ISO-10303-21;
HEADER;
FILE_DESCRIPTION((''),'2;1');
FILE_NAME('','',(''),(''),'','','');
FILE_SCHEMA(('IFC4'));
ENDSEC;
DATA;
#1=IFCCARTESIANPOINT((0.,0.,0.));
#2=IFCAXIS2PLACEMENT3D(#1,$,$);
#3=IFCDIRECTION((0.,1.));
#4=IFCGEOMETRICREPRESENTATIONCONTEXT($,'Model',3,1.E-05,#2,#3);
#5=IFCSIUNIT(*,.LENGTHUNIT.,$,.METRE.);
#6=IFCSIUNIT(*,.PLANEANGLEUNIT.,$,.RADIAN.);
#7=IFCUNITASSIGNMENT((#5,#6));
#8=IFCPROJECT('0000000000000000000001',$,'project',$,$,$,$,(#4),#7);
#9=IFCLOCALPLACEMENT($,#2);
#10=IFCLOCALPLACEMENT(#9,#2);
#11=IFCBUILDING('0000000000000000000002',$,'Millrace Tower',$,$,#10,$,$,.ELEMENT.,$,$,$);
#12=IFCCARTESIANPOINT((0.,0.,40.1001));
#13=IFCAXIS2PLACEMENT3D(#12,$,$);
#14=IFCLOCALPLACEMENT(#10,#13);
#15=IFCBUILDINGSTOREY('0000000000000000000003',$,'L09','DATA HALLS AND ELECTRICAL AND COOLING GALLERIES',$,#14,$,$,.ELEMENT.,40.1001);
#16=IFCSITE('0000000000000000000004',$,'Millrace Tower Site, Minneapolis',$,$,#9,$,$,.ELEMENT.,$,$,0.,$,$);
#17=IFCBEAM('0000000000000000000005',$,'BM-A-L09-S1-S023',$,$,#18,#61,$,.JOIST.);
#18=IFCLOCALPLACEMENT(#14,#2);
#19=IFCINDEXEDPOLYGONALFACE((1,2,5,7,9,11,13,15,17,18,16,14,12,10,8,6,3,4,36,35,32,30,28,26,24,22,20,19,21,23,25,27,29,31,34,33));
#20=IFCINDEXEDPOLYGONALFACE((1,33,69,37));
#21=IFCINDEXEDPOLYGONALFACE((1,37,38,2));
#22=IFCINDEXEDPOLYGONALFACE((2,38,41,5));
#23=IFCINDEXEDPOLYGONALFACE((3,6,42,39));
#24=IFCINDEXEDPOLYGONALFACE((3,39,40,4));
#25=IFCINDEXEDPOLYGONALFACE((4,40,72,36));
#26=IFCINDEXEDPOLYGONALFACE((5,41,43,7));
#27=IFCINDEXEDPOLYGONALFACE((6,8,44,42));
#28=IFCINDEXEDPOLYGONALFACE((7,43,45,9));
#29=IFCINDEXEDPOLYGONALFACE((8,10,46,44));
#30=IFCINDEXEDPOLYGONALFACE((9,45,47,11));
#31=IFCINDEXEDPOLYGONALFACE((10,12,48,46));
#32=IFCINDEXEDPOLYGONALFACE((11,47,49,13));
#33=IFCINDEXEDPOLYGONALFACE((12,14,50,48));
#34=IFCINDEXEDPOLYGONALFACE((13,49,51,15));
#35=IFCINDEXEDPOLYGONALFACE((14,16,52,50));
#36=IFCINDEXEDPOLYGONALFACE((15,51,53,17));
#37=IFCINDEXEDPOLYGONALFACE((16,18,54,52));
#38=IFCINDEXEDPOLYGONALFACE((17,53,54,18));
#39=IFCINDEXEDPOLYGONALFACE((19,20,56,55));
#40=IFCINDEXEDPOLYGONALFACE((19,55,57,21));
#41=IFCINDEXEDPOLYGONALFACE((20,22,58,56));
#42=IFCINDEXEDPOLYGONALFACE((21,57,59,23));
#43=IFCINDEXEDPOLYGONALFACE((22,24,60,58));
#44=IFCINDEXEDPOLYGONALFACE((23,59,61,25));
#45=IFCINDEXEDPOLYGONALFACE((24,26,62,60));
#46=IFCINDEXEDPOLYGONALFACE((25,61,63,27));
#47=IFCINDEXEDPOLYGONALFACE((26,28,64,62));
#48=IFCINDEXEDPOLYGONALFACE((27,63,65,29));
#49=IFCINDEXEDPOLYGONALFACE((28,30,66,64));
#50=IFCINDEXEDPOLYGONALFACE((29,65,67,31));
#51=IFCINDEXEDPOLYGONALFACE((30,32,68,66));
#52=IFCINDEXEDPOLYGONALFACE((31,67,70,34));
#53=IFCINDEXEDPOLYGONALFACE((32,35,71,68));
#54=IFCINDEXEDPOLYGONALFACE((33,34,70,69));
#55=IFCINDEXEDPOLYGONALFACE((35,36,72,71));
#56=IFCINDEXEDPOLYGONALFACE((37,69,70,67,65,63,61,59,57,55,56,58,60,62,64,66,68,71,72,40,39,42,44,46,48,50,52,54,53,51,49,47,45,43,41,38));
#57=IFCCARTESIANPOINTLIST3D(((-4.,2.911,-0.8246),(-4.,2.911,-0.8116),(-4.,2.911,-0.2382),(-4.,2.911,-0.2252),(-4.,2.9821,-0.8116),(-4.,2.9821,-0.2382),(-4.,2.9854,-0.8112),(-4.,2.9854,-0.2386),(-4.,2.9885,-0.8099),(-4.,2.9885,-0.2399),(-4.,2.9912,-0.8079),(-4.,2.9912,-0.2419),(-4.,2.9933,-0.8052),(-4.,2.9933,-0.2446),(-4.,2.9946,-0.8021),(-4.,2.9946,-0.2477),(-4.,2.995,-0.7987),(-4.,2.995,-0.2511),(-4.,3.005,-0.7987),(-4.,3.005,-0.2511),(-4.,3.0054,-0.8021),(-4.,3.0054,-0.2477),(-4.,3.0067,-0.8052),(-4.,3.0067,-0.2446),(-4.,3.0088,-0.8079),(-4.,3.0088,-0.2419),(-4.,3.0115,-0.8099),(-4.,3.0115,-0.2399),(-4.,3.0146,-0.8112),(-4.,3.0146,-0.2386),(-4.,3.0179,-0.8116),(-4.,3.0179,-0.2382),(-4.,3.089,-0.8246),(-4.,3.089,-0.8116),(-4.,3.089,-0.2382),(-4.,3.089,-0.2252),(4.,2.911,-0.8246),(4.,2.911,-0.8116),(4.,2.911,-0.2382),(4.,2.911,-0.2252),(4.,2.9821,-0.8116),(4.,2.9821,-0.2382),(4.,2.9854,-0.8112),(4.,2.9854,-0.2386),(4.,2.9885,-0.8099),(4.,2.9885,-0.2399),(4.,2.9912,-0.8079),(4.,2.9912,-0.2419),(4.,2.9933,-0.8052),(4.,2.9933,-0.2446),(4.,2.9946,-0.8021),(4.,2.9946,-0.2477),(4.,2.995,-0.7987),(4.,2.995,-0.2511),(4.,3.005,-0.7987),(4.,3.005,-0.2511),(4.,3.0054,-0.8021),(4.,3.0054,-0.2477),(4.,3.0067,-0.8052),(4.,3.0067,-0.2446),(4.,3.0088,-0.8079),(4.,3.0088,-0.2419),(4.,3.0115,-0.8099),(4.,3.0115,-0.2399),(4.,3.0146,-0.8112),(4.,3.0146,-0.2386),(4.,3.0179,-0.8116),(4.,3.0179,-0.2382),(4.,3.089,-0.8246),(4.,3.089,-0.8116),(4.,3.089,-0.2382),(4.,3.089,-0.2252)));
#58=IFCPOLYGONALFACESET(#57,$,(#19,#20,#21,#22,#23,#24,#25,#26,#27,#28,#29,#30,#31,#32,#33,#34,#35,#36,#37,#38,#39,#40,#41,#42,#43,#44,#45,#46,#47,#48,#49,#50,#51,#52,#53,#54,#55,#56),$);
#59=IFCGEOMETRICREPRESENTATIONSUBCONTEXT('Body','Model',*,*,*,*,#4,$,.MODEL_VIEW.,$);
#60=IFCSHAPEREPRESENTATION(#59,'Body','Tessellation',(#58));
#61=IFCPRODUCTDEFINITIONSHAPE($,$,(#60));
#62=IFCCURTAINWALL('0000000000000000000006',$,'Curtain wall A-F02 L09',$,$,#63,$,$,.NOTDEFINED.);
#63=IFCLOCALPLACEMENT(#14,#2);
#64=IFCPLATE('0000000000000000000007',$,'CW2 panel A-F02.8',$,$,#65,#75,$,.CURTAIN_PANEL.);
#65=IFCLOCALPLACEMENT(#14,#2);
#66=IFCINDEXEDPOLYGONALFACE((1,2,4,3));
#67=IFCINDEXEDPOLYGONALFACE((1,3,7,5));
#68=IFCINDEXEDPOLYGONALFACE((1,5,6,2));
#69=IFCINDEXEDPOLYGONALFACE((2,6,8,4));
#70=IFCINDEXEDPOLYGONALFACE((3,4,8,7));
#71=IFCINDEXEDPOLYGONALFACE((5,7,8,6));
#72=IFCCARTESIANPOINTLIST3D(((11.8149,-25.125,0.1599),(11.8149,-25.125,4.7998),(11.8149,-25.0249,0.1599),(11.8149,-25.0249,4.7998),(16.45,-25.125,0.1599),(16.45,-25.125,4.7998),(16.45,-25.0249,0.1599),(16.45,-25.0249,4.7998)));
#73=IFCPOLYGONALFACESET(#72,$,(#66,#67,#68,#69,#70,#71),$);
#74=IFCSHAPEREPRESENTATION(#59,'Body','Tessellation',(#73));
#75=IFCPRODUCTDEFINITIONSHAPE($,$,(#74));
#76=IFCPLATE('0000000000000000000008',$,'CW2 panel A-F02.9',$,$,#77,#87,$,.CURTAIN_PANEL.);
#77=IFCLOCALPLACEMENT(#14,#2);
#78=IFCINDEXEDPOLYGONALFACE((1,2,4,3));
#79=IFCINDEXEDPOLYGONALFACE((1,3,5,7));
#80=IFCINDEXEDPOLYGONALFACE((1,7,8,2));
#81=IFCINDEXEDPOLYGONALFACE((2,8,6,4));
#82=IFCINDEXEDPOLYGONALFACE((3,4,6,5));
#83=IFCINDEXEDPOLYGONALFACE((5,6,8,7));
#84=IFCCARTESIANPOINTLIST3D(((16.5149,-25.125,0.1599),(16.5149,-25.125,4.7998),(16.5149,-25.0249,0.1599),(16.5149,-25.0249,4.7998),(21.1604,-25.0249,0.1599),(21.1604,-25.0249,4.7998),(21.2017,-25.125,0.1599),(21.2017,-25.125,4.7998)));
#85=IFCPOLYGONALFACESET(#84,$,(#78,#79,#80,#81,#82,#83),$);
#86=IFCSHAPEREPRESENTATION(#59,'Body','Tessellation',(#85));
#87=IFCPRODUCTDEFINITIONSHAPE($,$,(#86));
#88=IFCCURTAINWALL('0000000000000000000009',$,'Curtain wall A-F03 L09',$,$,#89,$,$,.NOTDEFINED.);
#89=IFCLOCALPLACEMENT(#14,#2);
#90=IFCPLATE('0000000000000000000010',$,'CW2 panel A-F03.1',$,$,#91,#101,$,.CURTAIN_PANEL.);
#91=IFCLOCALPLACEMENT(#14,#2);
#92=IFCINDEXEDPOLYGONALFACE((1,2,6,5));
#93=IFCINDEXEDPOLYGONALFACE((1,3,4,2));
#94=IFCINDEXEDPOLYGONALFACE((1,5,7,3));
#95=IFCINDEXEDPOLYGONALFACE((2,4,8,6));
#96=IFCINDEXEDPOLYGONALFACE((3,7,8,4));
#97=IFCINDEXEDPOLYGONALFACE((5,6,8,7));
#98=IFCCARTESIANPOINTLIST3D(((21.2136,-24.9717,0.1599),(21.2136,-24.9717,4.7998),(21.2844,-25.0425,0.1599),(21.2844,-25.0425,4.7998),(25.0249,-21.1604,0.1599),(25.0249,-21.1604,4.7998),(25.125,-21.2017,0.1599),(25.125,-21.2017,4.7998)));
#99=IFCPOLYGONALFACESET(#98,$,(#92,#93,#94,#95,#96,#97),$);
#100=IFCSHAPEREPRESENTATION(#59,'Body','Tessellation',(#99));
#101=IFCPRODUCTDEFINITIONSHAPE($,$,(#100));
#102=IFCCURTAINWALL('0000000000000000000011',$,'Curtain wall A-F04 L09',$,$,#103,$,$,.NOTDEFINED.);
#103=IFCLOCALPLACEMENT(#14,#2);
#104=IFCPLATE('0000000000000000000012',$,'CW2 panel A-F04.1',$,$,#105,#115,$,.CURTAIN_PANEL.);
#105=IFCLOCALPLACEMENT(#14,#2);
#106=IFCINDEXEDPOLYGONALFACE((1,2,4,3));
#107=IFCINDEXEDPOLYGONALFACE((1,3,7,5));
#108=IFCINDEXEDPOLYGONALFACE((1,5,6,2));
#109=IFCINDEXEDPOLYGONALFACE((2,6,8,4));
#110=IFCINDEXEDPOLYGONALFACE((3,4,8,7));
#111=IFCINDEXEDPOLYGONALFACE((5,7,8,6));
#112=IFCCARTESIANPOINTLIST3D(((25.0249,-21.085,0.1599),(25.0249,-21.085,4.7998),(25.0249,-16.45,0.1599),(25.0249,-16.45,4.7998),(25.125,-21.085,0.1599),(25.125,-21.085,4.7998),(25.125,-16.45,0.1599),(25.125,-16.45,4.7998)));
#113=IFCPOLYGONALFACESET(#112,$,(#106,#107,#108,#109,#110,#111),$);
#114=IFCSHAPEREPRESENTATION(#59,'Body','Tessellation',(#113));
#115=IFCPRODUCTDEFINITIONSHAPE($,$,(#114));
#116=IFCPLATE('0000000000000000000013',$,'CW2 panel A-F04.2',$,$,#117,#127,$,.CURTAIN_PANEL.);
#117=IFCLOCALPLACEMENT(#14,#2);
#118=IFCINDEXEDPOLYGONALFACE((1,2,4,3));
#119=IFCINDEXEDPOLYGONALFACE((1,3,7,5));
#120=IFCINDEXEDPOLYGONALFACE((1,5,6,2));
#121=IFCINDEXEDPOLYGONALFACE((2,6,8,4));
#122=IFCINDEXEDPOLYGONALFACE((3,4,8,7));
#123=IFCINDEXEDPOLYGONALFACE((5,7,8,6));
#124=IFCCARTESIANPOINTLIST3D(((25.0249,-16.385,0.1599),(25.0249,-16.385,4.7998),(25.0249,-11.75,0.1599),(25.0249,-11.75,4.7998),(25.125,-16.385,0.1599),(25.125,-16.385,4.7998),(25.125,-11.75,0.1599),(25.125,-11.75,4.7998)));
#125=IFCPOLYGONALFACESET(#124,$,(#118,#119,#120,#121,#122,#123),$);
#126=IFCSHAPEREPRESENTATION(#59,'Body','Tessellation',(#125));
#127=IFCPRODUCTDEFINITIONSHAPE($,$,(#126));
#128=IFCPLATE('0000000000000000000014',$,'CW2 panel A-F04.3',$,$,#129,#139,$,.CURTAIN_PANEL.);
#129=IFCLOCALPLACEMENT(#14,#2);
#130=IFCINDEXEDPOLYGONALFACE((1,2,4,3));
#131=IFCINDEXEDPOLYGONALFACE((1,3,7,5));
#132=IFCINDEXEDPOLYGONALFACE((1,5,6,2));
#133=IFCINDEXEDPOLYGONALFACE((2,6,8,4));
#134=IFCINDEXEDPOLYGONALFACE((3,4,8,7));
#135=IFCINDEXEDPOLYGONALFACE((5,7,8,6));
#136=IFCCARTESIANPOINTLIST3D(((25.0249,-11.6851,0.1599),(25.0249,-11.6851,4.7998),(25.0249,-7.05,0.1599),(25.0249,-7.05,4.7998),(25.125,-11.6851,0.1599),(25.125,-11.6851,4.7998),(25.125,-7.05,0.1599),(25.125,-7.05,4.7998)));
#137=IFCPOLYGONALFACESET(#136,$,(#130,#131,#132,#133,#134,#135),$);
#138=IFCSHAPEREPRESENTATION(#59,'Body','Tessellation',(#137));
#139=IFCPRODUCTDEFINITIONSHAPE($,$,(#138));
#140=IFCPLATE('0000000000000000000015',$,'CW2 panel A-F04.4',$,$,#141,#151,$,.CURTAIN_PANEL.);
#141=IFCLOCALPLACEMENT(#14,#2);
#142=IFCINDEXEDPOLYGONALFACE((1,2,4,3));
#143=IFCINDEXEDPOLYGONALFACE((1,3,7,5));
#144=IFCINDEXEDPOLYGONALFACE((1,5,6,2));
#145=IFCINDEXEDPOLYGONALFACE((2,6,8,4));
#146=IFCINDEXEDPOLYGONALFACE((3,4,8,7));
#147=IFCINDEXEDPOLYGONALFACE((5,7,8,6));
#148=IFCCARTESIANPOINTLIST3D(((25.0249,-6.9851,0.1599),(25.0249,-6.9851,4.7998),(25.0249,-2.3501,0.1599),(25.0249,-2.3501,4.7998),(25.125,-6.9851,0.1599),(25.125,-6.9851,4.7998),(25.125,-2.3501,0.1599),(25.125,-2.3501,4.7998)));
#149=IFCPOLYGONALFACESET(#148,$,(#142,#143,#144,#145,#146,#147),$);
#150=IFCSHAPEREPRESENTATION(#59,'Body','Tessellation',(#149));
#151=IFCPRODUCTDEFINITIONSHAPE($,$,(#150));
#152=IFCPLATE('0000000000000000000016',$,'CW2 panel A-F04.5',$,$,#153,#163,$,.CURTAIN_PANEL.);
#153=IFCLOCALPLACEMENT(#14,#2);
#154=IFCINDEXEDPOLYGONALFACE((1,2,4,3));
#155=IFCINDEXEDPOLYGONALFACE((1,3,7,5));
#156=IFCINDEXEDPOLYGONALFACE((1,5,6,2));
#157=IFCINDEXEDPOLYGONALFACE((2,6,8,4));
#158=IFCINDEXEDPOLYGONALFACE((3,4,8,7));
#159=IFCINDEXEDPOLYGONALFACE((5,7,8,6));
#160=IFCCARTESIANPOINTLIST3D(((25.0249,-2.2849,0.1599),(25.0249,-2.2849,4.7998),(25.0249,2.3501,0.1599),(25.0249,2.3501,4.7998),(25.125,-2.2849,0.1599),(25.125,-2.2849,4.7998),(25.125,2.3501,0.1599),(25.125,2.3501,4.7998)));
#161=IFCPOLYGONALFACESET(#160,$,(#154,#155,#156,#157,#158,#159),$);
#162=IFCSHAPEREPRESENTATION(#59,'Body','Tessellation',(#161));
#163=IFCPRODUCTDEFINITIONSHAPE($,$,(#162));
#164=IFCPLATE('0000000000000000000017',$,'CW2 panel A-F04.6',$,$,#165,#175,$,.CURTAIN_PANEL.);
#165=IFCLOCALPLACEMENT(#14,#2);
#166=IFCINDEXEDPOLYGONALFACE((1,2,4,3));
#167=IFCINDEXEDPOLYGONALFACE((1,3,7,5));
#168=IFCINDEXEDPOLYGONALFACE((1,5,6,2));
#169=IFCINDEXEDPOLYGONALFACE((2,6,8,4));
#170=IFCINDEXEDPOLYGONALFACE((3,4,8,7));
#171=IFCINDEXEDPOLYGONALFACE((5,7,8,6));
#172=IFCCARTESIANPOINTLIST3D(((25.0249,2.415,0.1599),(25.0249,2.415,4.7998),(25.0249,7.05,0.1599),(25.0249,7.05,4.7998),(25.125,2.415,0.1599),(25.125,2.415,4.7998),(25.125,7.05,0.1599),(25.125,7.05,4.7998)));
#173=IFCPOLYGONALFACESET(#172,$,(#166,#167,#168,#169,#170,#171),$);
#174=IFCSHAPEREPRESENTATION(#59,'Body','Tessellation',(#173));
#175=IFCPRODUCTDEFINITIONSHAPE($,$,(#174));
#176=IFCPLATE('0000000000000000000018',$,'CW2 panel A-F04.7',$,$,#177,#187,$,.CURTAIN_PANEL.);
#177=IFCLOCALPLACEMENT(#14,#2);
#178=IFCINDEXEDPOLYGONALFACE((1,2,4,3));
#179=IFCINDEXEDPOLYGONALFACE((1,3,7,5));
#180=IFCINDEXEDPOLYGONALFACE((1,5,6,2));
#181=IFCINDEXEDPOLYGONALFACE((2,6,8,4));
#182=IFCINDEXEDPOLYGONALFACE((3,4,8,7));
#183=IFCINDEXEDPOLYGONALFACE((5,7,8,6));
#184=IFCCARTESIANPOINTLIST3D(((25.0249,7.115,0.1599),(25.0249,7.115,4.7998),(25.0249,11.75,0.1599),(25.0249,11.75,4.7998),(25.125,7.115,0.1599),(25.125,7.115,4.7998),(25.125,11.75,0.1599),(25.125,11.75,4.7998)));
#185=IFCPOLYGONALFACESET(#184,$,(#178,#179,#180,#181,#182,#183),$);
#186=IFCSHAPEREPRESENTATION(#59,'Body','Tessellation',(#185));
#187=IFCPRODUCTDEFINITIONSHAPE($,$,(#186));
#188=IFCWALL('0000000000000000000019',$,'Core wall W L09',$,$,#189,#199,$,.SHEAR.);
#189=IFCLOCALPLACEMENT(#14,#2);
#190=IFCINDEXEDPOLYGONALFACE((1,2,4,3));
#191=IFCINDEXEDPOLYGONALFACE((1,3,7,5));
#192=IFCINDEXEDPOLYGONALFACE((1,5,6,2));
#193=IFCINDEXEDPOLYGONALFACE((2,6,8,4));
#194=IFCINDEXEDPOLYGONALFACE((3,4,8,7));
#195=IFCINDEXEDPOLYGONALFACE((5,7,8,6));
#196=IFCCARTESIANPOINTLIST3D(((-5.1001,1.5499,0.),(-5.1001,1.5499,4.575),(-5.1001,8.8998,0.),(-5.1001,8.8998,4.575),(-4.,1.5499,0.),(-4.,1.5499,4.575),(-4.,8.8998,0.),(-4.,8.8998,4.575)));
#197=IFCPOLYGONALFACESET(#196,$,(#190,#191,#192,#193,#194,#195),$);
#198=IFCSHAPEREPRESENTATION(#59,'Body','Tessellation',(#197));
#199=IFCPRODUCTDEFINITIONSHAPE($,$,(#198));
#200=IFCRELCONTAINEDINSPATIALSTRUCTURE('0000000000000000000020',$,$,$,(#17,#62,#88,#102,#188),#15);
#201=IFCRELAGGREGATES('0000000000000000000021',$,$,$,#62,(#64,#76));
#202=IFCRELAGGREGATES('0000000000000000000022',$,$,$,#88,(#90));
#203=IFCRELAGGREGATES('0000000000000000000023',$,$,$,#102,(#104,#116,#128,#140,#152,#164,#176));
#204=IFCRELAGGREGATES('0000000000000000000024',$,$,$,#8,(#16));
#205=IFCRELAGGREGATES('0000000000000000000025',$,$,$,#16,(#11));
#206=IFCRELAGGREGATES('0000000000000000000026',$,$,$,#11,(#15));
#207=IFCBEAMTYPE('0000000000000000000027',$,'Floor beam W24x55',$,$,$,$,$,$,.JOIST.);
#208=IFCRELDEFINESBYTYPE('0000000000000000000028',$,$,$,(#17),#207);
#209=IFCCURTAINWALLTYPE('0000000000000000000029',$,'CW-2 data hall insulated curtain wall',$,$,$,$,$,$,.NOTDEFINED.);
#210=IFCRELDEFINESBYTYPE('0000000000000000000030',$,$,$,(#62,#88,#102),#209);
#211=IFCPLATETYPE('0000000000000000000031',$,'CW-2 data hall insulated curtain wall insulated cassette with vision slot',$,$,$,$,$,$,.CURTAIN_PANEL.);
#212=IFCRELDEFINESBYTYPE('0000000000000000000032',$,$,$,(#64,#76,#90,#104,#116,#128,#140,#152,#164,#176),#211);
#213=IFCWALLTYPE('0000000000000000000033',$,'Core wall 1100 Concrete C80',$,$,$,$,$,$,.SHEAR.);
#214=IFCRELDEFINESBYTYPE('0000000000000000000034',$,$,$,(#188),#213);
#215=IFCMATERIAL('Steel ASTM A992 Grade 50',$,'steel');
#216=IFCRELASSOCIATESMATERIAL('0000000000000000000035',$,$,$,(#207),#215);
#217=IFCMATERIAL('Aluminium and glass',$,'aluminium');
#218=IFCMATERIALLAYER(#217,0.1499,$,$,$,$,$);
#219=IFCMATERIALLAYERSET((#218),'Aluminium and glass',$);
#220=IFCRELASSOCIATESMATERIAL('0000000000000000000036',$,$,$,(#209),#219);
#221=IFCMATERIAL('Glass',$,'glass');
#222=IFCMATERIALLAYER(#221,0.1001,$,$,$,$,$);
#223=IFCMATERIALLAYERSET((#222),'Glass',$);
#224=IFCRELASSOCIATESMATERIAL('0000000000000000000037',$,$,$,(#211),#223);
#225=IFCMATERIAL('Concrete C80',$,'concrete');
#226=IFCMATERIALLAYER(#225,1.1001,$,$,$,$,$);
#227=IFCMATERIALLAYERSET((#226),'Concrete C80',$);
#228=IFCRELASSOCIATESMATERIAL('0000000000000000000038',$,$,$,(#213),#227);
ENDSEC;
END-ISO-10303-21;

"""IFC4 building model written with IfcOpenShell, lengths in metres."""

from ifc_helpers import new_model, si_unit, direction, frame, frame_2d, origin, origin_2d, place, context, subcontext, project, spatial, polyline, rectangle, i_section, outline, extrude, material, layer, layer_set, material_profile, profile_set, type_object, element, aggregate, save


model = new_model("IFC4")

# Units and contexts
model_context = context("Model", 3, precision=1e-05, world=origin(), true_north=direction((0.0, 1.0)))
body_context = subcontext(model_context, "Body", "Model", "MODEL_VIEW")
ifc_project = project(units=[si_unit("LENGTHUNIT", "METRE"), si_unit("PLANEANGLEUNIT", "RADIAN")], contexts=[model_context])

# Site, building, storey
site_placement = place(None, origin())
site = spatial("IfcSite", under=ifc_project, at=site_placement, Name="Millrace Tower Site, Minneapolis", CompositionType="ELEMENT", RefElevation=0.0)
building_placement = place(site_placement, origin())
building = spatial("IfcBuilding", under=site, at=building_placement, Name="Millrace Tower", CompositionType="ELEMENT")
storey_placement = place(building_placement, frame((0.0, 0.0, 40.1001)))
storey = spatial("IfcBuildingStorey", under=building, at=storey_placement, Name="L09", Description="DATA HALLS AND ELECTRICAL AND COOLING GALLERIES", CompositionType="ELEMENT", Elevation=40.1001)

# Beam
ifc_material_1 = material(Name="Steel ASTM A992 Grade 50", Category="steel")
ifc_material_profile = material_profile(ifc_material_1, i_section(OverallWidth=0.178, OverallDepth=0.5994, WebThickness=0.01, FlangeThickness=0.0129, FilletRadius=0.0129, at=origin_2d()))
ifc_profile_set = profile_set([ifc_material_profile], Name="Steel ASTM A992 Grade 50")
beam_type = type_object("IfcBeamType", Name="Floor beam W24x55", PredefinedType="JOIST", material=ifc_profile_set)
beam_placement = place(storey_placement, frame((-4.0, 3.0, -0.5249), z_axis=(1.0, 0.0, 0.0), x_axis=(0.0, 1.0, 0.0)))
element("IfcBeam", 1, at=beam_placement, inside=storey, type_object=beam_type, Name="BM-A-L09-S1-S023", PredefinedType="JOIST", context=body_context, shape_type="SweptSolid", body=[
    extrude(i_section(OverallWidth=0.178, OverallDepth=0.5994, WebThickness=0.01, FlangeThickness=0.0129, FilletRadius=0.0129, at=origin_2d()), origin(), (0.0, 0.0, 1.0), 8.0),
])

# Curtain wall, plates
ifc_material_2 = material(Name="Aluminium and glass", Category="aluminium")
ifc_layer_1 = layer(ifc_material_2, 0.1499)
ifc_layer_set_1 = layer_set([ifc_layer_1], Name="Aluminium and glass")
curtain_wall_type = type_object("IfcCurtainWallType", Name="CW-2 data hall insulated curtain wall", PredefinedType="NOTDEFINED", material=ifc_layer_set_1)
placement_1 = place(storey_placement, origin())
curtain_wall_1 = element("IfcCurtainWall", 2, at=placement_1, inside=storey, type_object=curtain_wall_type, Name="Curtain wall A-F02 L09", PredefinedType="NOTDEFINED")
ifc_material_3 = material(Name="Glass", Category="glass")
ifc_layer_2 = layer(ifc_material_3, 0.1001)
ifc_layer_set_2 = layer_set([ifc_layer_2], Name="Glass")
plate_type = type_object("IfcPlateType", Name="CW-2 data hall insulated curtain wall insulated cassette with vision slot", PredefinedType="CURTAIN_PANEL", material=ifc_layer_set_2)
placement_2 = place(storey_placement, frame((0.0, 0.0, 0.1599)))
plate_1 = element("IfcPlate", 3, at=placement_2, type_object=plate_type, Name="CW2 panel A-F02.8", PredefinedType="CURTAIN_PANEL", context=body_context, shape_type="SweptSolid", body=[
    extrude(outline(polyline([(11.8149, -25.125), (16.45, -25.125), (16.45, -25.0249), (11.8149, -25.0249), (11.8149, -25.125)])), origin(), (0.0, 0.0, 1.0), 4.6399),
])
plate_2 = element("IfcPlate", 4, at=placement_2, type_object=plate_type, Name="CW2 panel A-F02.9", PredefinedType="CURTAIN_PANEL", context=body_context, shape_type="SweptSolid", body=[
    extrude(outline(polyline([(16.5149, -25.125), (21.2017, -25.125), (21.1604, -25.0249), (16.5149, -25.0249), (16.5149, -25.125)])), origin(), (0.0, 0.0, 1.0), 4.6399),
])
aggregate(curtain_wall_1, [plate_1, plate_2])

# Curtain wall, plate
curtain_wall_2 = element("IfcCurtainWall", 5, at=placement_1, inside=storey, type_object=curtain_wall_type, Name="Curtain wall A-F03 L09", PredefinedType="NOTDEFINED")
plate_3 = element("IfcPlate", 6, at=placement_2, type_object=plate_type, Name="CW2 panel A-F03.1", PredefinedType="CURTAIN_PANEL", context=body_context, shape_type="SweptSolid", body=[
    extrude(outline(polyline([(21.2844, -25.0425), (25.125, -21.2017), (25.0249, -21.1604), (21.2136, -24.9717), (21.2844, -25.0425)])), origin(), (0.0, 0.0, 1.0), 4.6399),
])
aggregate(curtain_wall_2, [plate_3])

# Curtain wall, plates
curtain_wall_3 = element("IfcCurtainWall", 7, at=placement_1, inside=storey, type_object=curtain_wall_type, Name="Curtain wall A-F04 L09", PredefinedType="NOTDEFINED")
plate_4 = element("IfcPlate", 8, at=placement_2, type_object=plate_type, Name="CW2 panel A-F04.1", PredefinedType="CURTAIN_PANEL", context=body_context, shape_type="SweptSolid", body=[
    extrude(outline(polyline([(25.125, -21.085), (25.125, -16.45), (25.0249, -16.45), (25.0249, -21.085), (25.125, -21.085)])), origin(), (0.0, 0.0, 1.0), 4.6399),
])
plate_5 = element("IfcPlate", 9, at=placement_2, type_object=plate_type, Name="CW2 panel A-F04.2", PredefinedType="CURTAIN_PANEL", context=body_context, shape_type="SweptSolid", body=[
    extrude(outline(polyline([(25.125, -16.385), (25.125, -11.75), (25.0249, -11.75), (25.0249, -16.385), (25.125, -16.385)])), origin(), (0.0, 0.0, 1.0), 4.6399),
])
plate_6 = element("IfcPlate", 10, at=placement_2, type_object=plate_type, Name="CW2 panel A-F04.3", PredefinedType="CURTAIN_PANEL", context=body_context, shape_type="SweptSolid", body=[
    extrude(outline(polyline([(25.125, -11.6851), (25.125, -7.05), (25.0249, -7.05), (25.0249, -11.6851), (25.125, -11.6851)])), origin(), (0.0, 0.0, 1.0), 4.6399),
])
plate_7 = element("IfcPlate", 11, at=placement_2, type_object=plate_type, Name="CW2 panel A-F04.4", PredefinedType="CURTAIN_PANEL", context=body_context, shape_type="SweptSolid", body=[
    extrude(outline(polyline([(25.125, -6.9851), (25.125, -2.3501), (25.0249, -2.3501), (25.0249, -6.9851), (25.125, -6.9851)])), origin(), (0.0, 0.0, 1.0), 4.6399),
])
plate_8 = element("IfcPlate", 12, at=placement_2, type_object=plate_type, Name="CW2 panel A-F04.5", PredefinedType="CURTAIN_PANEL", context=body_context, shape_type="SweptSolid", body=[
    extrude(outline(polyline([(25.125, -2.2849), (25.125, 2.3501), (25.0249, 2.3501), (25.0249, -2.2849), (25.125, -2.2849)])), origin(), (0.0, 0.0, 1.0), 4.6399),
])
plate_9 = element("IfcPlate", 13, at=placement_2, type_object=plate_type, Name="CW2 panel A-F04.6", PredefinedType="CURTAIN_PANEL", context=body_context, shape_type="SweptSolid", body=[
    extrude(outline(polyline([(25.125, 2.415), (25.125, 7.05), (25.0249, 7.05), (25.0249, 2.415), (25.125, 2.415)])), origin(), (0.0, 0.0, 1.0), 4.6399),
])
plate_10 = element("IfcPlate", 14, at=placement_2, type_object=plate_type, Name="CW2 panel A-F04.7", PredefinedType="CURTAIN_PANEL", context=body_context, shape_type="SweptSolid", body=[
    extrude(outline(polyline([(25.125, 7.115), (25.125, 11.75), (25.0249, 11.75), (25.0249, 7.115), (25.125, 7.115)])), origin(), (0.0, 0.0, 1.0), 4.6399),
])
aggregate(curtain_wall_3, [plate_4, plate_5, plate_6, plate_7, plate_8, plate_9, plate_10])

# Wall
ifc_material_4 = material(Name="Concrete C80", Category="concrete")
ifc_layer_3 = layer(ifc_material_4, 1.1001)
ifc_layer_set_3 = layer_set([ifc_layer_3], Name="Concrete C80")
wall_type_1 = type_object("IfcWallType", Name="Core wall 1100 Concrete C80", PredefinedType="SHEAR", material=ifc_layer_set_3)
wall_1_placement = place(storey_placement, frame((-4.55, 1.55, 0.0), z_axis=(0.0, 0.0, 1.0), x_axis=(0.0, 1.0, 0.0)))
element("IfcWall", 15, at=wall_1_placement, inside=storey, type_object=wall_type_1, Name="Core wall W L09", PredefinedType="SHEAR", context=body_context, shape_type="SweptSolid", body=[
    extrude(rectangle(XDim=7.3499, YDim=1.1001, at=frame_2d((3.6748, 0.0))), origin(), (0.0, 0.0, 1.0), 4.575),
])

save(model, "model.ifc")
